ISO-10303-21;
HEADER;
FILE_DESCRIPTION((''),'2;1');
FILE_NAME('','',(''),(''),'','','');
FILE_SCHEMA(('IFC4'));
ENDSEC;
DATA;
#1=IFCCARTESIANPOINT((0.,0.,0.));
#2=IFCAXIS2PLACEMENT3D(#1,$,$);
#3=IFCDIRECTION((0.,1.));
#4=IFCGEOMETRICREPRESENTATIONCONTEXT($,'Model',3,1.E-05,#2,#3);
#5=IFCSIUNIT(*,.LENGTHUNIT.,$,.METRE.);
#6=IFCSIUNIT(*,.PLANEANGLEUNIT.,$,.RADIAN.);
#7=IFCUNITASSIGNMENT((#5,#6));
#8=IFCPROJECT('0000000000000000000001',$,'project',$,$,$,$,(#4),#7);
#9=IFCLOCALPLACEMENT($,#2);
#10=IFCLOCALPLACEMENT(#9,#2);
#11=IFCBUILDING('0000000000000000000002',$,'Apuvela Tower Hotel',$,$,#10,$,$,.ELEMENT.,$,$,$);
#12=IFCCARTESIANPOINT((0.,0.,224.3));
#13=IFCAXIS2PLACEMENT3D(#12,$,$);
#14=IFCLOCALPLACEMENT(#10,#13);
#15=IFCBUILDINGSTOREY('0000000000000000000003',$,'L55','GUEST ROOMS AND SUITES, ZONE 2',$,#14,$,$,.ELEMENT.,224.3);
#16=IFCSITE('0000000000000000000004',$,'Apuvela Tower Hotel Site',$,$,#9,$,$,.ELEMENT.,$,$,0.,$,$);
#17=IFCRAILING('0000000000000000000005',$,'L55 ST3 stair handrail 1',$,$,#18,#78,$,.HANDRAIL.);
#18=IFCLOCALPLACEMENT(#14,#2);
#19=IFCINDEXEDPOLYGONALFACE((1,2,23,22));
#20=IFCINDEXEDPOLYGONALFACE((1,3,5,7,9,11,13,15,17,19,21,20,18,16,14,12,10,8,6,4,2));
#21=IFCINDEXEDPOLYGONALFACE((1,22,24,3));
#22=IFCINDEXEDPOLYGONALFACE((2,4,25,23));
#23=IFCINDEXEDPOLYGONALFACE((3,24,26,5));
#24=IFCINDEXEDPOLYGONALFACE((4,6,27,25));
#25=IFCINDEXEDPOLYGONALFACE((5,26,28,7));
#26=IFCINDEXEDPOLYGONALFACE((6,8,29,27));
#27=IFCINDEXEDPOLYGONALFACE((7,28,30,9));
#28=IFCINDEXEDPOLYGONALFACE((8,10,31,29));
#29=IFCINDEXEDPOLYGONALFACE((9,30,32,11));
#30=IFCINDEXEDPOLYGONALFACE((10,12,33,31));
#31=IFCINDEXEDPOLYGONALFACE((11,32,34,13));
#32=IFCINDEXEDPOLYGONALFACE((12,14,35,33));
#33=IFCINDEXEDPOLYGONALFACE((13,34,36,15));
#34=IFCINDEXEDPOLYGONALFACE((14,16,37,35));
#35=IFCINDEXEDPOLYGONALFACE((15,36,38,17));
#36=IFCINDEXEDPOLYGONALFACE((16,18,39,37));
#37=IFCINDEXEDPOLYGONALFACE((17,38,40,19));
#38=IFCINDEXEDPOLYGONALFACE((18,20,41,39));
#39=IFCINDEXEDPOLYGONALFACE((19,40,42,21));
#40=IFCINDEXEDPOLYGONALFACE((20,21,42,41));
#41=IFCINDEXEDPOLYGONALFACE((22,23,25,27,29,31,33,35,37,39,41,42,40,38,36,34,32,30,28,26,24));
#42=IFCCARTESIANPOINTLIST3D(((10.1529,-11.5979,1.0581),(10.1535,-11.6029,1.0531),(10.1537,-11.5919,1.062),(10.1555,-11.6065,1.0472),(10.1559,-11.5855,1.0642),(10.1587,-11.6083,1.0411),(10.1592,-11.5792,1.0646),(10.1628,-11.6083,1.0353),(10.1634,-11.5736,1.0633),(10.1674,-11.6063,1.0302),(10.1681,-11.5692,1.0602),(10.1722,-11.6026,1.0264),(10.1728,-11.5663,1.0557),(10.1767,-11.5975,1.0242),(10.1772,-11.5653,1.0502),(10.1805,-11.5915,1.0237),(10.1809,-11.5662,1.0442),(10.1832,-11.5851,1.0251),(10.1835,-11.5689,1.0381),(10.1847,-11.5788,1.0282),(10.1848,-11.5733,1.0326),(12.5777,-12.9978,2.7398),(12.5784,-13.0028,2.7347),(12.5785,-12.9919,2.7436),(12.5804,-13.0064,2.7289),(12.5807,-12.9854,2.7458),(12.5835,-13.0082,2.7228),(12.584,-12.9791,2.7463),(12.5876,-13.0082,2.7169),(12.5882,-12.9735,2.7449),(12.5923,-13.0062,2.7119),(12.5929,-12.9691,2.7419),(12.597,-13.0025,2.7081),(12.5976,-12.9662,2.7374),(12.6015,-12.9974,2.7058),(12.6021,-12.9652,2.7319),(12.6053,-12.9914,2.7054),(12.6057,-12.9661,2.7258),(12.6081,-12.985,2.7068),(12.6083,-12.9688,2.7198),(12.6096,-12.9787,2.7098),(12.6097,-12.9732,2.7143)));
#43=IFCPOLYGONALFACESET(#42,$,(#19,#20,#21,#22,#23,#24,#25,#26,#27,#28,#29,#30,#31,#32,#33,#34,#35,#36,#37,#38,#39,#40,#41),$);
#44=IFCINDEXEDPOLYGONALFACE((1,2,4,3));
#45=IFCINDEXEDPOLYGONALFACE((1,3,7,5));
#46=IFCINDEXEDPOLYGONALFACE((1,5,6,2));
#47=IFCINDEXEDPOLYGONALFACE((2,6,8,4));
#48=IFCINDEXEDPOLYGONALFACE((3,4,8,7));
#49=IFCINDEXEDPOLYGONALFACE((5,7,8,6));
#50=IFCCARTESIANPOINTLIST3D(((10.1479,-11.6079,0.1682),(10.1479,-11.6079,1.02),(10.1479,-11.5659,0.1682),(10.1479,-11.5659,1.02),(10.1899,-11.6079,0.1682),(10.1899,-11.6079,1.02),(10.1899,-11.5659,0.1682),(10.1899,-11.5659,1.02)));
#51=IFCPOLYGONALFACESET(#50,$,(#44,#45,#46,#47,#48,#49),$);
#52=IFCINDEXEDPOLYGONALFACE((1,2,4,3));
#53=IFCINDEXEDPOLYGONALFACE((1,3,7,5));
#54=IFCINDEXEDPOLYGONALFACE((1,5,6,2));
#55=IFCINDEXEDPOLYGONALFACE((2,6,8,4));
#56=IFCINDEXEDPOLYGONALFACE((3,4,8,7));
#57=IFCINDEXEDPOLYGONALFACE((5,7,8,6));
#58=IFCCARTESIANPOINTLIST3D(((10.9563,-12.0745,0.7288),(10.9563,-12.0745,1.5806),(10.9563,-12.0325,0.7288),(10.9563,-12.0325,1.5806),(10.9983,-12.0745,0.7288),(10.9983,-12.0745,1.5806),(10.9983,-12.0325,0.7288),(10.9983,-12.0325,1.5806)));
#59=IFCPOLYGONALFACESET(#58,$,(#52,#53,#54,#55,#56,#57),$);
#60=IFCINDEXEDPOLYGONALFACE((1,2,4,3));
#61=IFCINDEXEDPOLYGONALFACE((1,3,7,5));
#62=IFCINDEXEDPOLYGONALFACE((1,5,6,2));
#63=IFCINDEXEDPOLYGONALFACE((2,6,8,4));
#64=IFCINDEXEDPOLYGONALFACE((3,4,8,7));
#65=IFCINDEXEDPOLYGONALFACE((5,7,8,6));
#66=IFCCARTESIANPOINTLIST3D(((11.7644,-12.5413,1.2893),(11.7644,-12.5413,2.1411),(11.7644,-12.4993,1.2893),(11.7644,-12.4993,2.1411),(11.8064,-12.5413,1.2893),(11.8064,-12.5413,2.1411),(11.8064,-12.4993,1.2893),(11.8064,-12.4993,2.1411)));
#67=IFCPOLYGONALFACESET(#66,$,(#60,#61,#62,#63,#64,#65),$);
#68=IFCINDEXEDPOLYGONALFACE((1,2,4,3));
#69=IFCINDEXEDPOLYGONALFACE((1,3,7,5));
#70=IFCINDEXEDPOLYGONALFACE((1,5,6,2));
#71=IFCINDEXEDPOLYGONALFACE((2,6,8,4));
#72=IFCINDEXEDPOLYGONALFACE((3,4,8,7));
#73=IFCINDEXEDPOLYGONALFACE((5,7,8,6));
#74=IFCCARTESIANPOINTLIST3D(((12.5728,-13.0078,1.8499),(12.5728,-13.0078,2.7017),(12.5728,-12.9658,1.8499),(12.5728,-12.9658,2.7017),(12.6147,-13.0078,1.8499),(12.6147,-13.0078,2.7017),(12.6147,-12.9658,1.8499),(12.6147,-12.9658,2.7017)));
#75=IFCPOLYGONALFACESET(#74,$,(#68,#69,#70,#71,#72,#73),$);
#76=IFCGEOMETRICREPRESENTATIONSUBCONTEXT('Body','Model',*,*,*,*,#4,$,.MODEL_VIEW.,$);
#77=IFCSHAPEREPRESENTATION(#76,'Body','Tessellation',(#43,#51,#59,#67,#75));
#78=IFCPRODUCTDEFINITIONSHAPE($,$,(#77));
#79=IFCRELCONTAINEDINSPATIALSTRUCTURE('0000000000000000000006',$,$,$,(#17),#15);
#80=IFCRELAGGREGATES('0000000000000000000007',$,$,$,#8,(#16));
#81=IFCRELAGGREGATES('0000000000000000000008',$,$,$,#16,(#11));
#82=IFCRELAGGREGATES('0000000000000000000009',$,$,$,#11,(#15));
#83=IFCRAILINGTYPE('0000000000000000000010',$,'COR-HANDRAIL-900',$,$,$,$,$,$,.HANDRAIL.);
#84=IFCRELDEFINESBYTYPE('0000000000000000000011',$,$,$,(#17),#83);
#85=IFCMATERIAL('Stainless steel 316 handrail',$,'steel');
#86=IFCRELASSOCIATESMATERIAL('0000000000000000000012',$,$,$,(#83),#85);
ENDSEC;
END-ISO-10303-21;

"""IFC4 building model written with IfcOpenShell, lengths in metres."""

from ifc_helpers import new_model, si_unit, direction, frame, origin, origin_2d, place, context, subcontext, project, spatial, rectangle, circle, extrude, material, type_object, element, save


model = new_model("IFC4")

# Units and contexts
model_context = context("Model", 3, precision=1e-05, world=origin(), true_north=direction((0.0, 1.0)))
body_context = subcontext(model_context, "Body", "Model", "MODEL_VIEW")
ifc_project = project(units=[si_unit("LENGTHUNIT", "METRE"), si_unit("PLANEANGLEUNIT", "RADIAN")], contexts=[model_context])

# Site, building, storey
site_placement = place(None, origin())
site = spatial("IfcSite", under=ifc_project, at=site_placement, Name="Apuvela Tower Hotel Site", CompositionType="ELEMENT", RefElevation=0.0)
building_placement = place(site_placement, origin())
building = spatial("IfcBuilding", under=site, at=building_placement, Name="Apuvela Tower Hotel", CompositionType="ELEMENT")
storey_placement = place(building_placement, frame((0.0, 0.0, 224.3)))
storey = spatial("IfcBuildingStorey", under=building, at=storey_placement, Name="L55", Description="GUEST ROOMS AND SUITES, ZONE 2", CompositionType="ELEMENT", Elevation=224.3)

# Railing
ifc_material_1 = material(Name="Stainless steel 316 handrail", Category="steel")
railing_type_1 = type_object("IfcRailingType", Name="COR-HANDRAIL-900", PredefinedType="HANDRAIL", material=ifc_material_1)
railing_1_placement = place(storey_placement, frame((10.1689, -11.5869, 0.1682)))
element("IfcRailing", 1, at=railing_1_placement, inside=storey, type_object=railing_type_1, Name="L55 ST3 stair handrail 1", PredefinedType="HANDRAIL", context=body_context, shape_type="SweptSolid", body=[
    extrude(circle(Radius=0.0239, at=origin_2d()), frame((0.0, 0.0, 0.876), z_axis=(0.742419, -0.428618, 0.514879), x_axis=(0.499984, 0.866035, 0.0)), (0.0, 0.0, 1.0), 3.2661),
    extrude(rectangle(XDim=0.042, YDim=0.042, at=origin_2d()), origin(), (0.0, 0.0, 1.0), 0.8518),
    extrude(rectangle(XDim=0.042, YDim=0.042, at=origin_2d()), frame((0.8083, -0.4666, 0.5605)), (0.0, 0.0, 1.0), 0.8518),
    extrude(rectangle(XDim=0.042, YDim=0.042, at=origin_2d()), frame((1.6165, -0.9333, 1.1211)), (0.0, 0.0, 1.0), 0.8518),
    extrude(rectangle(XDim=0.042, YDim=0.042, at=origin_2d()), frame((2.4248, -1.3999, 1.6816)), (0.0, 0.0, 1.0), 0.8518),
])

save(model, "model.ifc")
